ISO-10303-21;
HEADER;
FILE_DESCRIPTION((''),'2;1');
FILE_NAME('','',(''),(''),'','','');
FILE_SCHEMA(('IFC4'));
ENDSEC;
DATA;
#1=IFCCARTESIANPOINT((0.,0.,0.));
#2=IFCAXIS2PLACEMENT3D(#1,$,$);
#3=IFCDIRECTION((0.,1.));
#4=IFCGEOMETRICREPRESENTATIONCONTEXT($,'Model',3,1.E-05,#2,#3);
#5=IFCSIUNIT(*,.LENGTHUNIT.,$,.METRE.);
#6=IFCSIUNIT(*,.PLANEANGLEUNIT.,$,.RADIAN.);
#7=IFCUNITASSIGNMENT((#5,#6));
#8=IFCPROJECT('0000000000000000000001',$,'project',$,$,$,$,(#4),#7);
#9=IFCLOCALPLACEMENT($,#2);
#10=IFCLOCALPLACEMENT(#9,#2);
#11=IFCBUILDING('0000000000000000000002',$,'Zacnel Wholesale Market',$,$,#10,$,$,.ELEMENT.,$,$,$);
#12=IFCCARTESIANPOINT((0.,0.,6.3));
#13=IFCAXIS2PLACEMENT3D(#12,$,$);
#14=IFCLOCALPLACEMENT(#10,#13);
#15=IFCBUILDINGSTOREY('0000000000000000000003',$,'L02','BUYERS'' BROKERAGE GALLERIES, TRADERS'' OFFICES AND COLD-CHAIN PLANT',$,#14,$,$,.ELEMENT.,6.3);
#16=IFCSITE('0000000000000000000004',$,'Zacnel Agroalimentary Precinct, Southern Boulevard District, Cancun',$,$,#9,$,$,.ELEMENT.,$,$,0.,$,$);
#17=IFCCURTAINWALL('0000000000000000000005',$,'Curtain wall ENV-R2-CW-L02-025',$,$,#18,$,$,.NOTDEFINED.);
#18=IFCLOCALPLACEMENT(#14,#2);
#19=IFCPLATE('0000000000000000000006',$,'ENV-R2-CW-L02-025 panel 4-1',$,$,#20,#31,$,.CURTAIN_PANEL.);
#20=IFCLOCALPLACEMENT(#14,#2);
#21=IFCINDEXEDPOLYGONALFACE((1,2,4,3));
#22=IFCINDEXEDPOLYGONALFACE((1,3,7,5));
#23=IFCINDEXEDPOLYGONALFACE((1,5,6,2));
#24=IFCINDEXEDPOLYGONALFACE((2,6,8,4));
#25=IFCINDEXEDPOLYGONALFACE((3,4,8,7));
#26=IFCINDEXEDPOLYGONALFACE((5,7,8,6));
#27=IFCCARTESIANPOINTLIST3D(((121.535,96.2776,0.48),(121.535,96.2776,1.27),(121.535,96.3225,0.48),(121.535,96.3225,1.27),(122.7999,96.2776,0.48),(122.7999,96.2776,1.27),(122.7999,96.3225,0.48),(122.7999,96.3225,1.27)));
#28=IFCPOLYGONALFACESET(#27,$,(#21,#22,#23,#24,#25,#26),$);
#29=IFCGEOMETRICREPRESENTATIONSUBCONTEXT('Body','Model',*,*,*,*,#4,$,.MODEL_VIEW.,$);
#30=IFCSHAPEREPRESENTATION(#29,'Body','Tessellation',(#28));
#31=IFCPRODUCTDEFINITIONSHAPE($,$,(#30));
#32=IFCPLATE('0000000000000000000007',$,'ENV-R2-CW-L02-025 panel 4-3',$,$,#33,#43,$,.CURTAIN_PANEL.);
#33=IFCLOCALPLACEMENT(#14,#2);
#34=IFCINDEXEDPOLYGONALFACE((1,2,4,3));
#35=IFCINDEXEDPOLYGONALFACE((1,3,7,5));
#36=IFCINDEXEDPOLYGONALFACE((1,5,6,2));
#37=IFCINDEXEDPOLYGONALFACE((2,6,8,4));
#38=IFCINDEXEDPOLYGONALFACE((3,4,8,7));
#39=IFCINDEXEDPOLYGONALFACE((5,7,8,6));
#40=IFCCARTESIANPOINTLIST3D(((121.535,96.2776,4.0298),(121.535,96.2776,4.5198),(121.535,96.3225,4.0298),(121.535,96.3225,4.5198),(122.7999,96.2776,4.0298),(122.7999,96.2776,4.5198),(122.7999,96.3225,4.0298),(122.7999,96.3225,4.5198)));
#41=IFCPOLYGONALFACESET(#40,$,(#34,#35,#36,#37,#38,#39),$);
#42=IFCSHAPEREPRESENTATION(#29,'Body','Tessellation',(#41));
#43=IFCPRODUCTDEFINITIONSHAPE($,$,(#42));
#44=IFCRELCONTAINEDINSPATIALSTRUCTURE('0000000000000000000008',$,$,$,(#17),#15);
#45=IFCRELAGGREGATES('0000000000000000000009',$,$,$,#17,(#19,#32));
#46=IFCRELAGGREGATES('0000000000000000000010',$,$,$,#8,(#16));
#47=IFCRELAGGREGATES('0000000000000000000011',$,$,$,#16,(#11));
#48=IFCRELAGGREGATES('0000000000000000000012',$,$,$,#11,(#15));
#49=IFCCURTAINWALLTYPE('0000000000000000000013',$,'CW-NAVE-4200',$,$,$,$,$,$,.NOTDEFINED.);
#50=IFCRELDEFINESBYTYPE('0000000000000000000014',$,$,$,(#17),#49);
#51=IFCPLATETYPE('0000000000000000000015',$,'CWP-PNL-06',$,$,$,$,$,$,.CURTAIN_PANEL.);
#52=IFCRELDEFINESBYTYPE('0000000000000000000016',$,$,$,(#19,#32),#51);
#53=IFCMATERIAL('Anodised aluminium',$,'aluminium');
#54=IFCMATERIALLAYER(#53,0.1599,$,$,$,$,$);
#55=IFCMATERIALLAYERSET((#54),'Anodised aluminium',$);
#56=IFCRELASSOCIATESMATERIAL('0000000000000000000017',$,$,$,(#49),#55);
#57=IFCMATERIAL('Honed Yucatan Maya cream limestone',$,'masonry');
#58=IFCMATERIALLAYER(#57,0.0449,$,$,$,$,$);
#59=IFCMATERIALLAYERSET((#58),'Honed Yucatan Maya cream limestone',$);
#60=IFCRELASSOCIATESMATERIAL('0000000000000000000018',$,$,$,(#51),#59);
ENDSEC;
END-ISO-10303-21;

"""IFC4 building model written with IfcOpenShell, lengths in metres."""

from ifc_helpers import new_model, si_unit, direction, frame, origin, origin_2d, place, context, subcontext, project, spatial, rectangle, extrude, material, layer, layer_set, type_object, element, aggregate, save


model = new_model("IFC4")

# Units and contexts
model_context = context("Model", 3, precision=1e-05, world=origin(), true_north=direction((0.0, 1.0)))
body_context = subcontext(model_context, "Body", "Model", "MODEL_VIEW")
ifc_project = project(units=[si_unit("LENGTHUNIT", "METRE"), si_unit("PLANEANGLEUNIT", "RADIAN")], contexts=[model_context])

# Site, building, storey
site_placement = place(None, origin())
site = spatial("IfcSite", under=ifc_project, at=site_placement, Name="Zacnel Agroalimentary Precinct, Southern Boulevard District, Cancun", CompositionType="ELEMENT", RefElevation=0.0)
building_placement = place(site_placement, origin())
building = spatial("IfcBuilding", under=site, at=building_placement, Name="Zacnel Wholesale Market", CompositionType="ELEMENT")
storey_placement = place(building_placement, frame((0.0, 0.0, 6.3)))
storey = spatial("IfcBuildingStorey", under=building, at=storey_placement, Name="L02", Description="BUYERS' BROKERAGE GALLERIES, TRADERS' OFFICES AND COLD-CHAIN PLANT", CompositionType="ELEMENT", Elevation=6.3)

# Curtain wall, plates
ifc_material_1 = material(Name="Anodised aluminium", Category="aluminium")
ifc_layer_1 = layer(ifc_material_1, 0.1599)
ifc_layer_set_1 = layer_set([ifc_layer_1], Name="Anodised aluminium")
curtain_wall_type = type_object("IfcCurtainWallType", Name="CW-NAVE-4200", PredefinedType="NOTDEFINED", material=ifc_layer_set_1)
curtain_wall_placement = place(storey_placement, origin())
curtain_wall = element("IfcCurtainWall", 1, at=curtain_wall_placement, inside=storey, type_object=curtain_wall_type, Name="Curtain wall ENV-R2-CW-L02-025", PredefinedType="NOTDEFINED")
ifc_material_2 = material(Name="Honed Yucatan Maya cream limestone", Category="masonry")
ifc_layer_2 = layer(ifc_material_2, 0.0449)
ifc_layer_set_2 = layer_set([ifc_layer_2], Name="Honed Yucatan Maya cream limestone")
plate_type_1 = type_object("IfcPlateType", Name="CWP-PNL-06", PredefinedType="CURTAIN_PANEL", material=ifc_layer_set_2)
plate_1_placement = place(storey_placement, frame((122.1675, 96.3, 0.48), z_axis=(0.0, 0.0, 1.0), x_axis=(1.0, 0.0, 0.0)))
plate_1 = element("IfcPlate", 2, at=plate_1_placement, type_object=plate_type_1, Name="ENV-R2-CW-L02-025 panel 4-1", PredefinedType="CURTAIN_PANEL", context=body_context, shape_type="SweptSolid", body=[
    extrude(rectangle(XDim=1.2649, YDim=0.0449, at=origin_2d()), origin(), (0.0, 0.0, 1.0), 0.79),
])
plate_2_placement = place(storey_placement, frame((122.1675, 96.3, 4.0298), z_axis=(0.0, 0.0, 1.0), x_axis=(1.0, 0.0, 0.0)))
plate_2 = element("IfcPlate", 3, at=plate_2_placement, type_object=plate_type_1, Name="ENV-R2-CW-L02-025 panel 4-3", PredefinedType="CURTAIN_PANEL", context=body_context, shape_type="SweptSolid", body=[
    extrude(rectangle(XDim=1.2649, YDim=0.0449, at=origin_2d()), origin(), (0.0, 0.0, 1.0), 0.49),
])
aggregate(curtain_wall, [plate_1, plate_2])

save(model, "model.ifc")
